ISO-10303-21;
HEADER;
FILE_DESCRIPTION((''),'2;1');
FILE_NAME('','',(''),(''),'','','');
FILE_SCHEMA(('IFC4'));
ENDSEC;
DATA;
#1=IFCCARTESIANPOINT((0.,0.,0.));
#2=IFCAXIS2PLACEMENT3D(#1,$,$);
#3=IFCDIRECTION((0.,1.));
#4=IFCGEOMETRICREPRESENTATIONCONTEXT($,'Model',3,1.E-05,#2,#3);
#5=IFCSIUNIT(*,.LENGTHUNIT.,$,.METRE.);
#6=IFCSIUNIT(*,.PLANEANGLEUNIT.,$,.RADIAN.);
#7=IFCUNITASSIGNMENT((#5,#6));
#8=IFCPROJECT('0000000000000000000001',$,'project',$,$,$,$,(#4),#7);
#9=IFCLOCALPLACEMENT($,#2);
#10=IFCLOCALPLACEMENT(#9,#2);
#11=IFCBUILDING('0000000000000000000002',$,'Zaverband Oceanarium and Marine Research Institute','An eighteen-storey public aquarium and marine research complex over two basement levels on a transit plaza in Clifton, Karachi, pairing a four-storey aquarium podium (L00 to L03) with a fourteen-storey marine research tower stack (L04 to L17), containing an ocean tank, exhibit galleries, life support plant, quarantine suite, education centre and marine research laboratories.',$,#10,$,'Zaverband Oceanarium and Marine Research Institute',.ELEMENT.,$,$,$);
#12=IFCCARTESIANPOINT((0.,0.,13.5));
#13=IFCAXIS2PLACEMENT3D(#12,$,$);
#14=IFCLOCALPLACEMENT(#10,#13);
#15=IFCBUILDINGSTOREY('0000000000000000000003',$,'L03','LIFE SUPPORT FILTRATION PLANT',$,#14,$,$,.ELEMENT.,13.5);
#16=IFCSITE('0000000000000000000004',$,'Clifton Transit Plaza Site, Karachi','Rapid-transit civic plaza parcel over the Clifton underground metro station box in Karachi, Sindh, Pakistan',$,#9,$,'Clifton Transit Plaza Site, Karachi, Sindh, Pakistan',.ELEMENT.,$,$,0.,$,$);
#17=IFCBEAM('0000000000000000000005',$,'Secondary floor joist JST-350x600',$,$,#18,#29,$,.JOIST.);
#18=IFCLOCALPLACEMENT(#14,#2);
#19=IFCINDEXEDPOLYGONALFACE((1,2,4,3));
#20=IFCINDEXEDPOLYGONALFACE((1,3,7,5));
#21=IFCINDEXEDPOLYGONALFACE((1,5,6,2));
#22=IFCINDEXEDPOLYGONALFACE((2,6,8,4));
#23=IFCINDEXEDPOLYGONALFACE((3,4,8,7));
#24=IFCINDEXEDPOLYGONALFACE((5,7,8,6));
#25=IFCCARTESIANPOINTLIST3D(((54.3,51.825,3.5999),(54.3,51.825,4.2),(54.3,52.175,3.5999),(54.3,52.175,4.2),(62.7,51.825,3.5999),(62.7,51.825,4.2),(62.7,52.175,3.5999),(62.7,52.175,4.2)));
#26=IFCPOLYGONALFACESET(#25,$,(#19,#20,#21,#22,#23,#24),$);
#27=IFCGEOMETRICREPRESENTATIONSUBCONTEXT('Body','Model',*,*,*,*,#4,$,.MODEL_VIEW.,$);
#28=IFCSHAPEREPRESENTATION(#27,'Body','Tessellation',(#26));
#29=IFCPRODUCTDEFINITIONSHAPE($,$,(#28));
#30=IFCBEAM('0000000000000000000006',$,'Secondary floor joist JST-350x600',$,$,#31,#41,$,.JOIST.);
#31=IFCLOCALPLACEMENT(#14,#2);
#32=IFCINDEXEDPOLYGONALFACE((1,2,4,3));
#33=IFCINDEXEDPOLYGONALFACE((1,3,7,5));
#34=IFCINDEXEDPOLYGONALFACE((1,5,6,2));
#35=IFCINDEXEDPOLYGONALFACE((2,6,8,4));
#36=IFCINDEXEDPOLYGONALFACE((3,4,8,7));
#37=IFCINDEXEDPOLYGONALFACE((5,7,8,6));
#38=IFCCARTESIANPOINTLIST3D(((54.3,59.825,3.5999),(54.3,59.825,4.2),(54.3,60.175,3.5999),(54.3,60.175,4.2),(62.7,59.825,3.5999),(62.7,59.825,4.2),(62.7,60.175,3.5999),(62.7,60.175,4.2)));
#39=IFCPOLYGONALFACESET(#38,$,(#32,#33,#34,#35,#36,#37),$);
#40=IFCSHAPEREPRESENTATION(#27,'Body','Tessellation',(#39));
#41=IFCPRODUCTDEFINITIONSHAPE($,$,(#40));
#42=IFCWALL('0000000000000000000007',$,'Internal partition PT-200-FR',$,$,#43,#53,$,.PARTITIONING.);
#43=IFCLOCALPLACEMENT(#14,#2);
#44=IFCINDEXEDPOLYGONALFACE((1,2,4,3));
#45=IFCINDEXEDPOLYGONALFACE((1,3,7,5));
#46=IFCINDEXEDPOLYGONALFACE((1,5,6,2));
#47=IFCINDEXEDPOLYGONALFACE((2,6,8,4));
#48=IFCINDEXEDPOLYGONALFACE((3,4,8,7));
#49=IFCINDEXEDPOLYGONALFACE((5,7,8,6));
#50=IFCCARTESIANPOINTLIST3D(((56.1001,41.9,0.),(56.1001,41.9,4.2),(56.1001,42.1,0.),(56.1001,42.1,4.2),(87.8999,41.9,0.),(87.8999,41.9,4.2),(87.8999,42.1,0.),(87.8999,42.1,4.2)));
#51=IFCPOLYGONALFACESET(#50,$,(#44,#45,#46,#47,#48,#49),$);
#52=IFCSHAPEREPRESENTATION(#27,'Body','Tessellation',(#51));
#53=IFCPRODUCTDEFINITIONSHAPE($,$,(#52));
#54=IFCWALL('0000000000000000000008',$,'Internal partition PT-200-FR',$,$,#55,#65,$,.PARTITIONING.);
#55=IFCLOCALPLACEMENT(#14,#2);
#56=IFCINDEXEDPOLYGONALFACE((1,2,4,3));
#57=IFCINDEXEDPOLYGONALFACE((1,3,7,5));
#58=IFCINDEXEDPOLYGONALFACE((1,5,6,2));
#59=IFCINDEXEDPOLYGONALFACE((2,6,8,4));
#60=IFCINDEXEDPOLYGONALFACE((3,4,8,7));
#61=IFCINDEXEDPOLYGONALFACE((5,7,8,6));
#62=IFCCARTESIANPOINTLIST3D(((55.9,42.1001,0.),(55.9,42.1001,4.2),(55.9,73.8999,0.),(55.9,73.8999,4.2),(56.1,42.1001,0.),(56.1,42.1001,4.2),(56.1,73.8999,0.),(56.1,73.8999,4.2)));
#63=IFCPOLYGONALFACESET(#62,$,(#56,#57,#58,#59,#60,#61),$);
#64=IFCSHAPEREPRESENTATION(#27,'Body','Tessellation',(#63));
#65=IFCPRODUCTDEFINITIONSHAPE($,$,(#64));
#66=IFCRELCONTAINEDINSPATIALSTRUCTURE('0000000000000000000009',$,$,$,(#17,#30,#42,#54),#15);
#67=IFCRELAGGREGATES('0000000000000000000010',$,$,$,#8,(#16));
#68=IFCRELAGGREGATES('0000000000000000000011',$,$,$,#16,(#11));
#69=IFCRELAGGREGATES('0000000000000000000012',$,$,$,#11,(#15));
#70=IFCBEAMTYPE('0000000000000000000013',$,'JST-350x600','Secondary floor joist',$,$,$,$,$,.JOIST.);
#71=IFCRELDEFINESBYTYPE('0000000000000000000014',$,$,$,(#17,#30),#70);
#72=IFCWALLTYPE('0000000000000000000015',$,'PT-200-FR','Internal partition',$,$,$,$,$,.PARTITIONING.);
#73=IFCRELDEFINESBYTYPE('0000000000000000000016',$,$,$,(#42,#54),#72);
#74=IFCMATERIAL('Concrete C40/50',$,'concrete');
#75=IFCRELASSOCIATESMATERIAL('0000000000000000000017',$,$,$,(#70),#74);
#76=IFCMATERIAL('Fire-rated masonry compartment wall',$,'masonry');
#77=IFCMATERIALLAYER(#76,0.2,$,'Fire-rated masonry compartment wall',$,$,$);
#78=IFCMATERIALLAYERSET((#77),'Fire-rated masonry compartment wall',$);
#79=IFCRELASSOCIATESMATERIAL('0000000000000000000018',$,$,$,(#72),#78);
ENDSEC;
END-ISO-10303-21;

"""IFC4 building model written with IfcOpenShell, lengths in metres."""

from ifc_helpers import new_model, si_unit, direction, frame, frame_2d, origin, origin_2d, place, context, subcontext, project, spatial, rectangle, extrude, material, layer, layer_set, material_profile, profile_set, type_object, element, save


model = new_model("IFC4")

# Units and contexts
model_context = context("Model", 3, precision=1e-05, world=origin(), true_north=direction((0.0, 1.0)))
body_context = subcontext(model_context, "Body", "Model", "MODEL_VIEW")
ifc_project = project(units=[si_unit("LENGTHUNIT", "METRE"), si_unit("PLANEANGLEUNIT", "RADIAN")], contexts=[model_context])

# Site, building, storey
site_placement = place(None, origin())
site = spatial("IfcSite", under=ifc_project, at=site_placement, Name="Clifton Transit Plaza Site, Karachi", Description="Rapid-transit civic plaza parcel over the Clifton underground metro station box in Karachi, Sindh, Pakistan", LongName="Clifton Transit Plaza Site, Karachi, Sindh, Pakistan", CompositionType="ELEMENT", RefElevation=0.0)
building_placement = place(site_placement, origin())
building = spatial("IfcBuilding", under=site, at=building_placement, Name="Zaverband Oceanarium and Marine Research Institute", Description="An eighteen-storey public aquarium and marine research complex over two basement levels on a transit plaza in Clifton, Karachi, pairing a four-storey aquarium podium (L00 to L03) with a fourteen-storey marine research tower stack (L04 to L17), containing an ocean tank, exhibit galleries, life support plant, quarantine suite, education centre and marine research laboratories.", LongName="Zaverband Oceanarium and Marine Research Institute", CompositionType="ELEMENT")
storey_placement = place(building_placement, frame((0.0, 0.0, 13.5)))
storey = spatial("IfcBuildingStorey", under=building, at=storey_placement, Name="L03", Description="LIFE SUPPORT FILTRATION PLANT", CompositionType="ELEMENT", Elevation=13.5)

# Beams
ifc_material_1 = material(Name="Concrete C40/50", Category="concrete")
ifc_material_profile_1 = material_profile(ifc_material_1, rectangle(XDim=0.3501, YDim=0.6001, at=origin_2d()), Name="RC350x600")
ifc_profile_set_1 = profile_set([ifc_material_profile_1], Name="Concrete C40/50")
beam_type_1 = type_object("IfcBeamType", Name="JST-350x600", Description="Secondary floor joist", PredefinedType="JOIST", material=ifc_profile_set_1)
for number, where, z_axis, x_axis, name in (
    (1, (54.3, 52.0, 3.8999), (1.0, 0.0, 0.0), (0.0, 1.0, 0.0), "Secondary floor joist JST-350x600"),
    (2, (54.3, 60.0, 3.8999), (1.0, 0.0, 0.0), (0.0, 1.0, 0.0), "Secondary floor joist JST-350x600"),
):
    element("IfcBeam", number, at=place(storey_placement, frame(where, z_axis=z_axis, x_axis=x_axis)), inside=storey, type_object=beam_type_1, Name=name, PredefinedType="JOIST", context=body_context, shape_type="SweptSolid", body=[
        extrude(rectangle(XDim=0.3501, YDim=0.6001, at=origin_2d()), origin(), (0.0, 0.0, 1.0), 8.3999),
    ])

# Walls
ifc_material_2 = material(Name="Fire-rated masonry compartment wall", Category="masonry")
ifc_layer_1 = layer(ifc_material_2, 0.2, Name="Fire-rated masonry compartment wall")
ifc_layer_set_1 = layer_set([ifc_layer_1], Name="Fire-rated masonry compartment wall")
wall_type = type_object("IfcWallType", Name="PT-200-FR", Description="Internal partition", PredefinedType="PARTITIONING", material=ifc_layer_set_1)
for number, where, z_axis, x_axis, name in (
    (3, (56.1001, 42.0, 0.0), (0.0, 0.0, 1.0), (1.0, 0.0, 0.0), "Internal partition PT-200-FR"),
    (4, (56.0, 42.1001, 0.0), (0.0, 0.0, 1.0), (0.0, 1.0, 0.0), "Internal partition PT-200-FR"),
):
    element("IfcWall", number, at=place(storey_placement, frame(where, z_axis=z_axis, x_axis=x_axis)), inside=storey, type_object=wall_type, Name=name, PredefinedType="PARTITIONING", context=body_context, shape_type="SweptSolid", body=[
        extrude(rectangle(XDim=31.7998, YDim=0.2, at=frame_2d((15.8999, 0.0))), origin(), (0.0, 0.0, 1.0), 4.2),
    ])

save(model, "model.ifc")
